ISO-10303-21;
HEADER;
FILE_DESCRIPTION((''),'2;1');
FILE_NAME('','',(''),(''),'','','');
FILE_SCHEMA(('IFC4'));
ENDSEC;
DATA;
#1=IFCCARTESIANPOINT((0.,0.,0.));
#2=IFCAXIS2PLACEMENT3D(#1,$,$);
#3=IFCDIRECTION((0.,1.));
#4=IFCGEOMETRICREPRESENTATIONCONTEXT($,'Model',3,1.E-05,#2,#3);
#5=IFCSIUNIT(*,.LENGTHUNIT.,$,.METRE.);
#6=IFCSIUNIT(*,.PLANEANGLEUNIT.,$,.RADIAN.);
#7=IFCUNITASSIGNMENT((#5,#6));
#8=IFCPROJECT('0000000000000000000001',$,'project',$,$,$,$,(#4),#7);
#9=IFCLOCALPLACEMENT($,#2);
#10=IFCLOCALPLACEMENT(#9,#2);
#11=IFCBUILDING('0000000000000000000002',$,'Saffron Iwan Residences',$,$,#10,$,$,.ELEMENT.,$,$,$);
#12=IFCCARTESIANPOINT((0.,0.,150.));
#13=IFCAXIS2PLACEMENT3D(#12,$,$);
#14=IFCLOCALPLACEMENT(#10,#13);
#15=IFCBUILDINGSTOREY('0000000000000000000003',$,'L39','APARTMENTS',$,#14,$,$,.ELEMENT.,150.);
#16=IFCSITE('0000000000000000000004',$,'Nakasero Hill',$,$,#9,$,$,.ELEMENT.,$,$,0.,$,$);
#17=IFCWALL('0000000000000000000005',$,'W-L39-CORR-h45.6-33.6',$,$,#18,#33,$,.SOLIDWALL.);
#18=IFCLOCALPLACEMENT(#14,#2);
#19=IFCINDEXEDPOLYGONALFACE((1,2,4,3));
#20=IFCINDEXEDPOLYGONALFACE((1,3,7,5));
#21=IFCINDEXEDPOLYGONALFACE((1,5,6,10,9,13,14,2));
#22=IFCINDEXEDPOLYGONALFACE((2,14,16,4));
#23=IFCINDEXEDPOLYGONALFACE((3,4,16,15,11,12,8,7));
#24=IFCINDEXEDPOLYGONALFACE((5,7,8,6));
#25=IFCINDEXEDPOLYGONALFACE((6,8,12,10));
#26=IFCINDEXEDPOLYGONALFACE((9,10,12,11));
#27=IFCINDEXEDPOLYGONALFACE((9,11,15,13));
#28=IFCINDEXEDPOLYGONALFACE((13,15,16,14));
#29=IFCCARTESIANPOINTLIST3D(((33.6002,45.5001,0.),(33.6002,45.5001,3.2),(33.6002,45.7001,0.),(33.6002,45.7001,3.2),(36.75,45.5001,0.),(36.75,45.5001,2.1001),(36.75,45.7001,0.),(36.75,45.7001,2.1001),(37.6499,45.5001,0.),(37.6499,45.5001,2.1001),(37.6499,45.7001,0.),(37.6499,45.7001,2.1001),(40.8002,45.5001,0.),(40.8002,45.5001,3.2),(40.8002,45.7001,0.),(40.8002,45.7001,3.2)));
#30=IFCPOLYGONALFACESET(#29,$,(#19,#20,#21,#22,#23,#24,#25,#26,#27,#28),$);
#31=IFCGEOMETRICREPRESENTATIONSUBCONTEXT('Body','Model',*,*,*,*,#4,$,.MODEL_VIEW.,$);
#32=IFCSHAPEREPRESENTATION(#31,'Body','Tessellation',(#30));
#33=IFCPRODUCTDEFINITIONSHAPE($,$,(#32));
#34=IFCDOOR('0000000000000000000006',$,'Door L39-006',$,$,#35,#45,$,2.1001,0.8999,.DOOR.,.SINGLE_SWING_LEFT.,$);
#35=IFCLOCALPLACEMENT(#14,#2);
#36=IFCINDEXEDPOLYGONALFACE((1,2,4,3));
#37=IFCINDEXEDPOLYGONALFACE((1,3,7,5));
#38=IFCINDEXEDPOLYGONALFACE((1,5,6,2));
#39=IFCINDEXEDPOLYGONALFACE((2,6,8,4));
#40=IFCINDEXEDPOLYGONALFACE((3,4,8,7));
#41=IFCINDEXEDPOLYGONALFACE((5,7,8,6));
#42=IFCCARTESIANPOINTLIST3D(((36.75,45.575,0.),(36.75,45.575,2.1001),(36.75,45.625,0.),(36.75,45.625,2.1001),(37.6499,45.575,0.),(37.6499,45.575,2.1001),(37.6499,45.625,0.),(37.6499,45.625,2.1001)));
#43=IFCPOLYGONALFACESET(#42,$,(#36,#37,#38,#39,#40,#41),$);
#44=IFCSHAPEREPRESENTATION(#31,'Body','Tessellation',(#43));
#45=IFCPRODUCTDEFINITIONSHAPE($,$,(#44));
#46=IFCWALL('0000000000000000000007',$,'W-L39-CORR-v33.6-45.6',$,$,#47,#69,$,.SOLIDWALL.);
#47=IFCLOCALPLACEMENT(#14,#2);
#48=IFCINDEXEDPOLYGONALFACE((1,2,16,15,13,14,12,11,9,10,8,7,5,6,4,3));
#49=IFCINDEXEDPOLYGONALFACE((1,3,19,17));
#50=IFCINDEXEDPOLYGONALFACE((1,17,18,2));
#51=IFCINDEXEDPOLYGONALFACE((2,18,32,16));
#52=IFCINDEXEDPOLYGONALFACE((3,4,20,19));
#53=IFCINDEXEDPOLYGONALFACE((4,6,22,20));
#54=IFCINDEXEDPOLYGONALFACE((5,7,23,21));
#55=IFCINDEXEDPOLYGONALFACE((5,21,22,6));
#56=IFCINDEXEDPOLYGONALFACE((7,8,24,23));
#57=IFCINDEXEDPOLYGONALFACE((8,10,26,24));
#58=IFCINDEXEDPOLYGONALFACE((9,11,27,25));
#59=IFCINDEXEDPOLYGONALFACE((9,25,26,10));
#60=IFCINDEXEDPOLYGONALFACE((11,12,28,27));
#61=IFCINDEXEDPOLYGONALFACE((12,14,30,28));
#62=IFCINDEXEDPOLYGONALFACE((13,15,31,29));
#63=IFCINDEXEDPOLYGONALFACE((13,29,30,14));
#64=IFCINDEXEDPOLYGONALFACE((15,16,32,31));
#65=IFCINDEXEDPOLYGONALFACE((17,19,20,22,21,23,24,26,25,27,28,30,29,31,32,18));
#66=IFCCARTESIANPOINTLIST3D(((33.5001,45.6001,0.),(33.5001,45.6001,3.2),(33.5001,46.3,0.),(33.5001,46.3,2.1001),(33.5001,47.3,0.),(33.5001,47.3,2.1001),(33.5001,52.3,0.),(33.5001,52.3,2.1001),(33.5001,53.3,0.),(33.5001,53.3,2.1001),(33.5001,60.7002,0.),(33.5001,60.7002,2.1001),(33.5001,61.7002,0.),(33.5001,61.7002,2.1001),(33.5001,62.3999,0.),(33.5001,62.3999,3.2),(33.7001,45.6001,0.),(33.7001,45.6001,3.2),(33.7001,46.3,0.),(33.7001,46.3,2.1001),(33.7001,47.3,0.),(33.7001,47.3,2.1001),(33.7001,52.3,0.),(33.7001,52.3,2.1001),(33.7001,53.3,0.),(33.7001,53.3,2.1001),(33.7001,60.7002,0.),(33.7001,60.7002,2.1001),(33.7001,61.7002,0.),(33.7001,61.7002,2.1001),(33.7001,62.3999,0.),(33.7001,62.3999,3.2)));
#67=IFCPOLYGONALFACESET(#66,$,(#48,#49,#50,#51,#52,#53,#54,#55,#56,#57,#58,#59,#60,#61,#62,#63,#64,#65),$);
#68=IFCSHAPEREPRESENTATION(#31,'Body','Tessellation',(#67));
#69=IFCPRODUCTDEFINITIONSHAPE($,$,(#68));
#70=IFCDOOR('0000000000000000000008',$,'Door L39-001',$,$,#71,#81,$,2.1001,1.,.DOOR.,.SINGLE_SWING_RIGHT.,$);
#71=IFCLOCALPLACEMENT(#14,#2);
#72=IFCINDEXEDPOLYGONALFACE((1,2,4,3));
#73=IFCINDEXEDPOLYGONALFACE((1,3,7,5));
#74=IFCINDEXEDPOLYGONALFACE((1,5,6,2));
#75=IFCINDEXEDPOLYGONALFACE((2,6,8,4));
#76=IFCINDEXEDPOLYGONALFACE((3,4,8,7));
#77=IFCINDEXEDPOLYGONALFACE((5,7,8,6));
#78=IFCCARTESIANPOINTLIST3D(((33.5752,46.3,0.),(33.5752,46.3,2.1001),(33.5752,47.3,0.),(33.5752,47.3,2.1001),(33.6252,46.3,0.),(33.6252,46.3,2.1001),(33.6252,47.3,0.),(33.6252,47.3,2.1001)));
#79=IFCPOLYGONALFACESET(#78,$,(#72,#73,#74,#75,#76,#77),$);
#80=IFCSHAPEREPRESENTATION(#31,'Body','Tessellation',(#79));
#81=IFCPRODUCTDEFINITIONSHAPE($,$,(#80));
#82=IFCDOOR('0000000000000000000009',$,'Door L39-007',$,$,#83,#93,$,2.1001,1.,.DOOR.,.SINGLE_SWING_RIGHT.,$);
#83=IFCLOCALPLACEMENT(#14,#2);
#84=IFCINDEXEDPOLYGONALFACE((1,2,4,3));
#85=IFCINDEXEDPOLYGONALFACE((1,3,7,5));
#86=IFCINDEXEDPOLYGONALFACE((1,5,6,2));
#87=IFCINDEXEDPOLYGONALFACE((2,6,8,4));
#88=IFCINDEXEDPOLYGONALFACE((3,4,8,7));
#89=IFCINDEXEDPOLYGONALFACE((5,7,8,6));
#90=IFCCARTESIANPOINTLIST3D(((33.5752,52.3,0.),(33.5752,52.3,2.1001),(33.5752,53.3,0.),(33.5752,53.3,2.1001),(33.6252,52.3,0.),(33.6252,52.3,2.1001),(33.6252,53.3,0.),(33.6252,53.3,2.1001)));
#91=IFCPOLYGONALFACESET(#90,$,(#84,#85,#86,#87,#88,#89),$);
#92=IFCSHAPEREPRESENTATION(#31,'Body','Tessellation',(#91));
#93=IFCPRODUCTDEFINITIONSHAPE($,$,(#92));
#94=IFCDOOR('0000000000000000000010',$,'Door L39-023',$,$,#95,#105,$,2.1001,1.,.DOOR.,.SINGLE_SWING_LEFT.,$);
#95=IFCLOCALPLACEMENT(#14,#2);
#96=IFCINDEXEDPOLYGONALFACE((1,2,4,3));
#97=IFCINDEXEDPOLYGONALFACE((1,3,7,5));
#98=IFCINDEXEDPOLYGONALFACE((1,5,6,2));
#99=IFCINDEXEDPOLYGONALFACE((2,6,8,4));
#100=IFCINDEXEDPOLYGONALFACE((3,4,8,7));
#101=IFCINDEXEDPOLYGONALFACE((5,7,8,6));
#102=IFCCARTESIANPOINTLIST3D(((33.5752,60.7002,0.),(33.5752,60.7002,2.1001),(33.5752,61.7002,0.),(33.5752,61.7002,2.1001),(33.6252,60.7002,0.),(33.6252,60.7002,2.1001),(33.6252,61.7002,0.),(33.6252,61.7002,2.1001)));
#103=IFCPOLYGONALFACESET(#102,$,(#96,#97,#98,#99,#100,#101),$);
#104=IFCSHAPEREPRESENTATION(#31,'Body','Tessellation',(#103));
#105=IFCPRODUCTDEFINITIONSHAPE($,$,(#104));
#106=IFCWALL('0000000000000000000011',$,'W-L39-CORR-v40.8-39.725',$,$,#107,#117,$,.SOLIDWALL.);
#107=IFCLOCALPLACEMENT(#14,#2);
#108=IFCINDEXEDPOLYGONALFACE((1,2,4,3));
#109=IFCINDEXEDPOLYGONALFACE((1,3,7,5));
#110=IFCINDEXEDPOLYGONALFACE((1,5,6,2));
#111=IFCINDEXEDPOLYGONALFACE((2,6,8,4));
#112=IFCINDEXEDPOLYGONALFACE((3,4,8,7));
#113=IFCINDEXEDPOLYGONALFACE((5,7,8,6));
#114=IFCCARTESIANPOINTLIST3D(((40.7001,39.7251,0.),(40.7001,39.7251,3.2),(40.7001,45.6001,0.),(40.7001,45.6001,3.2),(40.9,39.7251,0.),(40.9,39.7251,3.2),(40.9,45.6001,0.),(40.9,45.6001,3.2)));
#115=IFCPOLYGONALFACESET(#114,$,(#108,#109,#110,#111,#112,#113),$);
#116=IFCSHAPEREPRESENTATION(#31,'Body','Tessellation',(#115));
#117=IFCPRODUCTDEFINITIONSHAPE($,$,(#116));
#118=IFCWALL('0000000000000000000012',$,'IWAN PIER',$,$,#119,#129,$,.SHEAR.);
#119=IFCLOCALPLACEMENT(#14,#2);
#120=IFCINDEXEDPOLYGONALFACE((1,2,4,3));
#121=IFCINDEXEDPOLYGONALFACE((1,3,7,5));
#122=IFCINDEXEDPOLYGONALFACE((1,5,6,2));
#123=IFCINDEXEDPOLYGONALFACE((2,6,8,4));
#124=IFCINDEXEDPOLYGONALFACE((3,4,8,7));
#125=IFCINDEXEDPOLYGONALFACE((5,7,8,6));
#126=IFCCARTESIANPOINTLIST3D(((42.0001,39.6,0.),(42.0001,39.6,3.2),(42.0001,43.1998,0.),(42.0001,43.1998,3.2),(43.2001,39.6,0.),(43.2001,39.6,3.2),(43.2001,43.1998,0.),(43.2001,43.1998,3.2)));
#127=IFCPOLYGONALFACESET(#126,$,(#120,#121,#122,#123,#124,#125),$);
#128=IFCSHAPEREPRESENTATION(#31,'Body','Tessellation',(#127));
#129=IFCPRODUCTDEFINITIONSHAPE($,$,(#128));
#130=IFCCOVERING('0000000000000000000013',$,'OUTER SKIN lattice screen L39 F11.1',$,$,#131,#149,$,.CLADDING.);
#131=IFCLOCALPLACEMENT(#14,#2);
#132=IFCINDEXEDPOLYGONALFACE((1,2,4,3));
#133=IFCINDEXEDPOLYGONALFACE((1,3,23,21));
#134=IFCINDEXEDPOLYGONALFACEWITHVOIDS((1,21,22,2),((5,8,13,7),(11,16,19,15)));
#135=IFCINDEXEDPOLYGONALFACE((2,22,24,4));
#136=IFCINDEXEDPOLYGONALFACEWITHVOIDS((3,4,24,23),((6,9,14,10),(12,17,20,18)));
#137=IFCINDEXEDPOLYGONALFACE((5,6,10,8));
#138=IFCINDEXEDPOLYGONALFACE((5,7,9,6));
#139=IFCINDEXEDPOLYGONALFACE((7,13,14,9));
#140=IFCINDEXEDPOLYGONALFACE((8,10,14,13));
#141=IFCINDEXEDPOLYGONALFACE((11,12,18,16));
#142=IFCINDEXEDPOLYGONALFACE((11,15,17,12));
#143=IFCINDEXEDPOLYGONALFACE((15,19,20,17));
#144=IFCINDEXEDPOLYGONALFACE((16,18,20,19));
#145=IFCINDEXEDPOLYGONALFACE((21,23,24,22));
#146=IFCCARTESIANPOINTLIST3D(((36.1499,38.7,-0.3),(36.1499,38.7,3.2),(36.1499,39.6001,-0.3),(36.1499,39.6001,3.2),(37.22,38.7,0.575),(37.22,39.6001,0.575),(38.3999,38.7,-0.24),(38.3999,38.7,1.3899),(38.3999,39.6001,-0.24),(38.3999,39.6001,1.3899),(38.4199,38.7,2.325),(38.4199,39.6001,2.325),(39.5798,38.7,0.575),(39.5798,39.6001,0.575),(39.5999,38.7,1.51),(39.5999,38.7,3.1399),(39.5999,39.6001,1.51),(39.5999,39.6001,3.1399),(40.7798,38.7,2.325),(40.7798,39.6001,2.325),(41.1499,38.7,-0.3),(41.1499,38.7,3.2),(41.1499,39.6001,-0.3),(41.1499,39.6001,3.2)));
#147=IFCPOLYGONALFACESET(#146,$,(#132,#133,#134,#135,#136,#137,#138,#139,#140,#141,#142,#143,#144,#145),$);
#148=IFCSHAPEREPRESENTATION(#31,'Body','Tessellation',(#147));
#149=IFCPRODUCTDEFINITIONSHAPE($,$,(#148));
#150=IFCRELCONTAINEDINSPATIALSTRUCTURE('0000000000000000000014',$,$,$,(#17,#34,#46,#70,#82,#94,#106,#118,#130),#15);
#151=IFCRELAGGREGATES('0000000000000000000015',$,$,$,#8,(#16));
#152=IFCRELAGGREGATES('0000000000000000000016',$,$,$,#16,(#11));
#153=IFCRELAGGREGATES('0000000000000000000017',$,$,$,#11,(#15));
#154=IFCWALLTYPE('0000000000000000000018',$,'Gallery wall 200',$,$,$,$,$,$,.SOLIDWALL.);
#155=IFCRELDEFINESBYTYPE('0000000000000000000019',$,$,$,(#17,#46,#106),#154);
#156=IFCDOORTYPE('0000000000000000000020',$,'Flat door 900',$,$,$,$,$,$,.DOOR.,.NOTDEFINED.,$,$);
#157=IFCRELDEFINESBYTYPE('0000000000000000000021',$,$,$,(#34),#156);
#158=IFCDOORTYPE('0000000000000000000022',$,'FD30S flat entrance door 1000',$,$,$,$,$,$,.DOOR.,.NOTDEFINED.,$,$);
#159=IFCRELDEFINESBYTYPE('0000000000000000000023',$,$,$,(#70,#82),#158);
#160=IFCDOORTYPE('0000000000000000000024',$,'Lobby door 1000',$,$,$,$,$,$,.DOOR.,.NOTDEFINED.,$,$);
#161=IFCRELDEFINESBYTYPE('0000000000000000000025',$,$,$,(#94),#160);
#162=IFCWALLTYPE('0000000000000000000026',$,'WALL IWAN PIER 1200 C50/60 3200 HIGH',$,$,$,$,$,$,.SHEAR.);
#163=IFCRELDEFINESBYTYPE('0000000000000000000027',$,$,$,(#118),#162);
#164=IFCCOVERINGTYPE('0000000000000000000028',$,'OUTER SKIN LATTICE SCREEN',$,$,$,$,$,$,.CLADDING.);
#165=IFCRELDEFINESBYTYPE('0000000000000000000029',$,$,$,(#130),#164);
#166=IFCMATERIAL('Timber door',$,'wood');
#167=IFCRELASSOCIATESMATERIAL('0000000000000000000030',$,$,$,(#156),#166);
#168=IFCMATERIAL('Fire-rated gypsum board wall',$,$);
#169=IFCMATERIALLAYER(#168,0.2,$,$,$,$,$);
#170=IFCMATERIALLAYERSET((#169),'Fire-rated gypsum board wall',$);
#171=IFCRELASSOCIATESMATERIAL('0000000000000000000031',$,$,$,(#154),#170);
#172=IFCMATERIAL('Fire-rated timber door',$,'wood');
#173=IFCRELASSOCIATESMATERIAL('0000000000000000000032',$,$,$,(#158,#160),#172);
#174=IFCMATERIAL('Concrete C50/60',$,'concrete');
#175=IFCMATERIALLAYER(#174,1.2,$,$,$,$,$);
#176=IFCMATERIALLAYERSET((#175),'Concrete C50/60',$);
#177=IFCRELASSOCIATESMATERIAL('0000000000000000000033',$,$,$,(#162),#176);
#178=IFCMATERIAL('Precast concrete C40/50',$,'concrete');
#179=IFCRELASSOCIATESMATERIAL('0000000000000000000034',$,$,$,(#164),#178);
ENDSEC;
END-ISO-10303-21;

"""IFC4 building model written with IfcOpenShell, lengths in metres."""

from ifc_helpers import new_model, si_unit, direction, frame, frame_2d, origin, place, context, subcontext, project, spatial, polyline, rectangle, outline, extrude, material, layer, layer_set, type_object, element, fill, save


model = new_model("IFC4")

# Units and contexts
model_context = context("Model", 3, precision=1e-05, world=origin(), true_north=direction((0.0, 1.0)))
body_context = subcontext(model_context, "Body", "Model", "MODEL_VIEW")
ifc_project = project(units=[si_unit("LENGTHUNIT", "METRE"), si_unit("PLANEANGLEUNIT", "RADIAN")], contexts=[model_context])

# Site, building, storey
site_placement = place(None, origin())
site = spatial("IfcSite", under=ifc_project, at=site_placement, Name="Nakasero Hill", CompositionType="ELEMENT", RefElevation=0.0)
building_placement = place(site_placement, origin())
building = spatial("IfcBuilding", under=site, at=building_placement, Name="Saffron Iwan Residences", CompositionType="ELEMENT")
storey_placement = place(building_placement, frame((0.0, 0.0, 150.0)))
storey = spatial("IfcBuildingStorey", under=building, at=storey_placement, Name="L39", Description="APARTMENTS", CompositionType="ELEMENT", Elevation=150.0)

# Shared definitions
ifc_material_1 = material(Name="Concrete C50/60", Category="concrete")

# Shared definitions
ifc_material_2 = material(Name="Timber door", Category="wood")
door_type_1 = type_object("IfcDoorType", Name="Flat door 900", OperationType="NOTDEFINED", PredefinedType="DOOR", material=ifc_material_2)

# Wall, opening, door
ifc_material_3 = material(Name="Fire-rated gypsum board wall")
ifc_layer_1 = layer(ifc_material_3, 0.2)
ifc_layer_set_1 = layer_set([ifc_layer_1], Name="Fire-rated gypsum board wall")
wall_type_1 = type_object("IfcWallType", Name="Gallery wall 200", PredefinedType="SOLIDWALL", material=ifc_layer_set_1)
wall_1_placement = place(storey_placement, frame((33.6001, 45.6001, 0.0), z_axis=(0.0, 0.0, 1.0), x_axis=(1.0, 0.0, 0.0)))
wall_1 = element("IfcWall", 1, at=wall_1_placement, inside=storey, type_object=wall_type_1, Name="W-L39-CORR-h45.6-33.6", PredefinedType="SOLIDWALL", context=body_context, shape_type="SweptSolid", body=[
    extrude(rectangle(XDim=7.2, YDim=0.2, at=frame_2d((3.6001, 0.0))), origin(), (0.0, 0.0, 1.0), 3.2),
])
opening_1_placement = place(wall_1_placement, frame((3.1499, 0.0, 0.0)))
opening_1 = element("IfcOpeningElement", 2, at=opening_1_placement, cuts=wall_1, PredefinedType="OPENING", context=body_context, shape_type="SweptSolid", body=[
    extrude(rectangle(XDim=0.8999, YDim=2.1001, at=frame_2d((0.45, 1.05))), frame((0.0, 0.1099, 0.0), z_axis=(0.0, -1.0, 0.0), x_axis=(1.0, 0.0, 0.0)), (0.0, 0.0, 1.0), 0.22),
])
door_1_placement = place(opening_1_placement, origin())
door_1 = element("IfcDoor", 3, at=door_1_placement, inside=storey, type_object=door_type_1, Name="Door L39-006", OperationType="SINGLE_SWING_LEFT", OverallHeight=2.1001, OverallWidth=0.8999, PredefinedType="DOOR", context=body_context, shape_type="SweptSolid", body=[
    extrude(rectangle(XDim=0.8999, YDim=2.1001, at=frame_2d((0.45, 1.05))), frame((0.0, 0.0249, 0.0), z_axis=(0.0, -1.0, 0.0), x_axis=(1.0, 0.0, 0.0)), (0.0, 0.0, 1.0), 0.05),
])
fill(opening_1, door_1)

# Wall, openings, doors
wall_2_placement = place(storey_placement, frame((33.6001, 45.6001, 0.0), z_axis=(0.0, 0.0, 1.0), x_axis=(0.0, 1.0, 0.0)))
wall_2 = element("IfcWall", 4, at=wall_2_placement, inside=storey, type_object=wall_type_1, Name="W-L39-CORR-v33.6-45.6", PredefinedType="SOLIDWALL", context=body_context, shape_type="SweptSolid", body=[
    extrude(rectangle(XDim=16.7998, YDim=0.2, at=frame_2d((8.3999, 0.0))), origin(), (0.0, 0.0, 1.0), 3.2),
])
opening_2_placement = place(wall_2_placement, frame((0.7, 0.0, 0.0)))
opening_2 = element("IfcOpeningElement", 5, at=opening_2_placement, cuts=wall_2, PredefinedType="OPENING", context=body_context, shape_type="SweptSolid", body=[
    extrude(rectangle(XDim=1.0, YDim=2.1001, at=frame_2d((0.5, 1.05))), frame((0.0, 0.1099, 0.0), z_axis=(0.0, -1.0, 0.0), x_axis=(1.0, 0.0, 0.0)), (0.0, 0.0, 1.0), 0.22),
])
opening_3_placement = place(wall_2_placement, frame((6.7, 0.0, 0.0)))
opening_3 = element("IfcOpeningElement", 6, at=opening_3_placement, cuts=wall_2, PredefinedType="OPENING", context=body_context, shape_type="SweptSolid", body=[
    extrude(rectangle(XDim=1.0, YDim=2.1001, at=frame_2d((0.5, 1.05))), frame((0.0, 0.1099, 0.0), z_axis=(0.0, -1.0, 0.0), x_axis=(1.0, 0.0, 0.0)), (0.0, 0.0, 1.0), 0.22),
])
opening_4_placement = place(wall_2_placement, frame((15.1001, 0.0, 0.0)))
opening_4 = element("IfcOpeningElement", 7, at=opening_4_placement, cuts=wall_2, PredefinedType="OPENING", context=body_context, shape_type="SweptSolid", body=[
    extrude(rectangle(XDim=1.0, YDim=2.1001, at=frame_2d((0.5, 1.05))), frame((0.0, 0.1099, 0.0), z_axis=(0.0, -1.0, 0.0), x_axis=(1.0, 0.0, 0.0)), (0.0, 0.0, 1.0), 0.22),
])
ifc_material_4 = material(Name="Fire-rated timber door", Category="wood")
door_type_2 = type_object("IfcDoorType", Name="FD30S flat entrance door 1000", OperationType="NOTDEFINED", PredefinedType="DOOR", material=ifc_material_4)
door_2_placement = place(opening_2_placement, origin())
door_2 = element("IfcDoor", 8, at=door_2_placement, inside=storey, type_object=door_type_2, Name="Door L39-001", OperationType="SINGLE_SWING_RIGHT", OverallHeight=2.1001, OverallWidth=1.0, PredefinedType="DOOR", context=body_context, shape_type="SweptSolid", body=[
    extrude(rectangle(XDim=1.0, YDim=2.1001, at=frame_2d((0.5, 1.05))), frame((0.0, 0.0249, 0.0), z_axis=(0.0, -1.0, 0.0), x_axis=(1.0, 0.0, 0.0)), (0.0, 0.0, 1.0), 0.05),
])
fill(opening_2, door_2)
door_3_placement = place(opening_3_placement, origin())
door_3 = element("IfcDoor", 9, at=door_3_placement, inside=storey, type_object=door_type_2, Name="Door L39-007", OperationType="SINGLE_SWING_RIGHT", OverallHeight=2.1001, OverallWidth=1.0, PredefinedType="DOOR", context=body_context, shape_type="SweptSolid", body=[
    extrude(rectangle(XDim=1.0, YDim=2.1001, at=frame_2d((0.5, 1.05))), frame((0.0, 0.0249, 0.0), z_axis=(0.0, -1.0, 0.0), x_axis=(1.0, 0.0, 0.0)), (0.0, 0.0, 1.0), 0.05),
])
fill(opening_3, door_3)
door_type_3 = type_object("IfcDoorType", Name="Lobby door 1000", OperationType="NOTDEFINED", PredefinedType="DOOR", material=ifc_material_4)
door_4_placement = place(opening_4_placement, origin())
door_4 = element("IfcDoor", 10, at=door_4_placement, inside=storey, type_object=door_type_3, Name="Door L39-023", OperationType="SINGLE_SWING_LEFT", OverallHeight=2.1001, OverallWidth=1.0, PredefinedType="DOOR", context=body_context, shape_type="SweptSolid", body=[
    extrude(rectangle(XDim=1.0, YDim=2.1001, at=frame_2d((0.5, 1.05))), frame((0.0, 0.0249, 0.0), z_axis=(0.0, -1.0, 0.0), x_axis=(1.0, 0.0, 0.0)), (0.0, 0.0, 1.0), 0.05),
])
fill(opening_4, door_4)

# Walls
wall_3_placement = place(storey_placement, frame((40.8, 39.7251, 0.0), z_axis=(0.0, 0.0, 1.0), x_axis=(0.0, 1.0, 0.0)))
element("IfcWall", 11, at=wall_3_placement, inside=storey, type_object=wall_type_1, Name="W-L39-CORR-v40.8-39.725", PredefinedType="SOLIDWALL", context=body_context, shape_type="SweptSolid", body=[
    extrude(rectangle(XDim=5.875, YDim=0.2, at=frame_2d((2.9375, 0.0))), origin(), (0.0, 0.0, 1.0), 3.2),
])
ifc_layer_2 = layer(ifc_material_1, 1.2)
ifc_layer_set_2 = layer_set([ifc_layer_2], Name="Concrete C50/60")
wall_type_2 = type_object("IfcWallType", Name="WALL IWAN PIER 1200 C50/60 3200 HIGH", PredefinedType="SHEAR", material=ifc_layer_set_2)
wall_4_placement = place(storey_placement, frame((42.6001, 39.6001, 0.0), z_axis=(0.0, 0.0, 1.0), x_axis=(0.0, 1.0, 0.0)))
element("IfcWall", 12, at=wall_4_placement, inside=storey, type_object=wall_type_2, Name="IWAN PIER", PredefinedType="SHEAR", context=body_context, shape_type="SweptSolid", body=[
    extrude(rectangle(XDim=3.5999, YDim=1.2, at=frame_2d((1.7998, 0.0))), origin(), (0.0, 0.0, 1.0), 3.2),
])

# Covering
ifc_material_5 = material(Name="Precast concrete C40/50", Category="concrete")
covering_type = type_object("IfcCoveringType", Name="OUTER SKIN LATTICE SCREEN", PredefinedType="CLADDING", material=ifc_material_5)
covering_placement = place(storey_placement, frame((36.1499, 39.6001, -0.3), z_axis=(0.0, -1.0, 0.0), x_axis=(1.0, 0.0, 0.0)))
element("IfcCovering", 13, at=covering_placement, inside=storey, type_object=covering_type, Name="OUTER SKIN lattice screen L39 F11.1", PredefinedType="CLADDING", context=body_context, shape_type="SweptSolid", body=[
    extrude(outline(polyline([(0.0, 0.0), (5.0, 0.0), (5.0, 3.5), (0.0, 3.5), (0.0, 0.0)]), holes=[polyline([(1.0701, 0.875), (2.25, 0.0601), (3.4299, 0.875), (2.25, 1.6899), (1.0701, 0.875)]), polyline([(2.27, 2.625), (3.45, 1.8101), (4.6299, 2.625), (3.45, 3.4399), (2.27, 2.625)])]), origin(), (0.0, 0.0, 1.0), 0.9001),
])

save(model, "model.ifc")
